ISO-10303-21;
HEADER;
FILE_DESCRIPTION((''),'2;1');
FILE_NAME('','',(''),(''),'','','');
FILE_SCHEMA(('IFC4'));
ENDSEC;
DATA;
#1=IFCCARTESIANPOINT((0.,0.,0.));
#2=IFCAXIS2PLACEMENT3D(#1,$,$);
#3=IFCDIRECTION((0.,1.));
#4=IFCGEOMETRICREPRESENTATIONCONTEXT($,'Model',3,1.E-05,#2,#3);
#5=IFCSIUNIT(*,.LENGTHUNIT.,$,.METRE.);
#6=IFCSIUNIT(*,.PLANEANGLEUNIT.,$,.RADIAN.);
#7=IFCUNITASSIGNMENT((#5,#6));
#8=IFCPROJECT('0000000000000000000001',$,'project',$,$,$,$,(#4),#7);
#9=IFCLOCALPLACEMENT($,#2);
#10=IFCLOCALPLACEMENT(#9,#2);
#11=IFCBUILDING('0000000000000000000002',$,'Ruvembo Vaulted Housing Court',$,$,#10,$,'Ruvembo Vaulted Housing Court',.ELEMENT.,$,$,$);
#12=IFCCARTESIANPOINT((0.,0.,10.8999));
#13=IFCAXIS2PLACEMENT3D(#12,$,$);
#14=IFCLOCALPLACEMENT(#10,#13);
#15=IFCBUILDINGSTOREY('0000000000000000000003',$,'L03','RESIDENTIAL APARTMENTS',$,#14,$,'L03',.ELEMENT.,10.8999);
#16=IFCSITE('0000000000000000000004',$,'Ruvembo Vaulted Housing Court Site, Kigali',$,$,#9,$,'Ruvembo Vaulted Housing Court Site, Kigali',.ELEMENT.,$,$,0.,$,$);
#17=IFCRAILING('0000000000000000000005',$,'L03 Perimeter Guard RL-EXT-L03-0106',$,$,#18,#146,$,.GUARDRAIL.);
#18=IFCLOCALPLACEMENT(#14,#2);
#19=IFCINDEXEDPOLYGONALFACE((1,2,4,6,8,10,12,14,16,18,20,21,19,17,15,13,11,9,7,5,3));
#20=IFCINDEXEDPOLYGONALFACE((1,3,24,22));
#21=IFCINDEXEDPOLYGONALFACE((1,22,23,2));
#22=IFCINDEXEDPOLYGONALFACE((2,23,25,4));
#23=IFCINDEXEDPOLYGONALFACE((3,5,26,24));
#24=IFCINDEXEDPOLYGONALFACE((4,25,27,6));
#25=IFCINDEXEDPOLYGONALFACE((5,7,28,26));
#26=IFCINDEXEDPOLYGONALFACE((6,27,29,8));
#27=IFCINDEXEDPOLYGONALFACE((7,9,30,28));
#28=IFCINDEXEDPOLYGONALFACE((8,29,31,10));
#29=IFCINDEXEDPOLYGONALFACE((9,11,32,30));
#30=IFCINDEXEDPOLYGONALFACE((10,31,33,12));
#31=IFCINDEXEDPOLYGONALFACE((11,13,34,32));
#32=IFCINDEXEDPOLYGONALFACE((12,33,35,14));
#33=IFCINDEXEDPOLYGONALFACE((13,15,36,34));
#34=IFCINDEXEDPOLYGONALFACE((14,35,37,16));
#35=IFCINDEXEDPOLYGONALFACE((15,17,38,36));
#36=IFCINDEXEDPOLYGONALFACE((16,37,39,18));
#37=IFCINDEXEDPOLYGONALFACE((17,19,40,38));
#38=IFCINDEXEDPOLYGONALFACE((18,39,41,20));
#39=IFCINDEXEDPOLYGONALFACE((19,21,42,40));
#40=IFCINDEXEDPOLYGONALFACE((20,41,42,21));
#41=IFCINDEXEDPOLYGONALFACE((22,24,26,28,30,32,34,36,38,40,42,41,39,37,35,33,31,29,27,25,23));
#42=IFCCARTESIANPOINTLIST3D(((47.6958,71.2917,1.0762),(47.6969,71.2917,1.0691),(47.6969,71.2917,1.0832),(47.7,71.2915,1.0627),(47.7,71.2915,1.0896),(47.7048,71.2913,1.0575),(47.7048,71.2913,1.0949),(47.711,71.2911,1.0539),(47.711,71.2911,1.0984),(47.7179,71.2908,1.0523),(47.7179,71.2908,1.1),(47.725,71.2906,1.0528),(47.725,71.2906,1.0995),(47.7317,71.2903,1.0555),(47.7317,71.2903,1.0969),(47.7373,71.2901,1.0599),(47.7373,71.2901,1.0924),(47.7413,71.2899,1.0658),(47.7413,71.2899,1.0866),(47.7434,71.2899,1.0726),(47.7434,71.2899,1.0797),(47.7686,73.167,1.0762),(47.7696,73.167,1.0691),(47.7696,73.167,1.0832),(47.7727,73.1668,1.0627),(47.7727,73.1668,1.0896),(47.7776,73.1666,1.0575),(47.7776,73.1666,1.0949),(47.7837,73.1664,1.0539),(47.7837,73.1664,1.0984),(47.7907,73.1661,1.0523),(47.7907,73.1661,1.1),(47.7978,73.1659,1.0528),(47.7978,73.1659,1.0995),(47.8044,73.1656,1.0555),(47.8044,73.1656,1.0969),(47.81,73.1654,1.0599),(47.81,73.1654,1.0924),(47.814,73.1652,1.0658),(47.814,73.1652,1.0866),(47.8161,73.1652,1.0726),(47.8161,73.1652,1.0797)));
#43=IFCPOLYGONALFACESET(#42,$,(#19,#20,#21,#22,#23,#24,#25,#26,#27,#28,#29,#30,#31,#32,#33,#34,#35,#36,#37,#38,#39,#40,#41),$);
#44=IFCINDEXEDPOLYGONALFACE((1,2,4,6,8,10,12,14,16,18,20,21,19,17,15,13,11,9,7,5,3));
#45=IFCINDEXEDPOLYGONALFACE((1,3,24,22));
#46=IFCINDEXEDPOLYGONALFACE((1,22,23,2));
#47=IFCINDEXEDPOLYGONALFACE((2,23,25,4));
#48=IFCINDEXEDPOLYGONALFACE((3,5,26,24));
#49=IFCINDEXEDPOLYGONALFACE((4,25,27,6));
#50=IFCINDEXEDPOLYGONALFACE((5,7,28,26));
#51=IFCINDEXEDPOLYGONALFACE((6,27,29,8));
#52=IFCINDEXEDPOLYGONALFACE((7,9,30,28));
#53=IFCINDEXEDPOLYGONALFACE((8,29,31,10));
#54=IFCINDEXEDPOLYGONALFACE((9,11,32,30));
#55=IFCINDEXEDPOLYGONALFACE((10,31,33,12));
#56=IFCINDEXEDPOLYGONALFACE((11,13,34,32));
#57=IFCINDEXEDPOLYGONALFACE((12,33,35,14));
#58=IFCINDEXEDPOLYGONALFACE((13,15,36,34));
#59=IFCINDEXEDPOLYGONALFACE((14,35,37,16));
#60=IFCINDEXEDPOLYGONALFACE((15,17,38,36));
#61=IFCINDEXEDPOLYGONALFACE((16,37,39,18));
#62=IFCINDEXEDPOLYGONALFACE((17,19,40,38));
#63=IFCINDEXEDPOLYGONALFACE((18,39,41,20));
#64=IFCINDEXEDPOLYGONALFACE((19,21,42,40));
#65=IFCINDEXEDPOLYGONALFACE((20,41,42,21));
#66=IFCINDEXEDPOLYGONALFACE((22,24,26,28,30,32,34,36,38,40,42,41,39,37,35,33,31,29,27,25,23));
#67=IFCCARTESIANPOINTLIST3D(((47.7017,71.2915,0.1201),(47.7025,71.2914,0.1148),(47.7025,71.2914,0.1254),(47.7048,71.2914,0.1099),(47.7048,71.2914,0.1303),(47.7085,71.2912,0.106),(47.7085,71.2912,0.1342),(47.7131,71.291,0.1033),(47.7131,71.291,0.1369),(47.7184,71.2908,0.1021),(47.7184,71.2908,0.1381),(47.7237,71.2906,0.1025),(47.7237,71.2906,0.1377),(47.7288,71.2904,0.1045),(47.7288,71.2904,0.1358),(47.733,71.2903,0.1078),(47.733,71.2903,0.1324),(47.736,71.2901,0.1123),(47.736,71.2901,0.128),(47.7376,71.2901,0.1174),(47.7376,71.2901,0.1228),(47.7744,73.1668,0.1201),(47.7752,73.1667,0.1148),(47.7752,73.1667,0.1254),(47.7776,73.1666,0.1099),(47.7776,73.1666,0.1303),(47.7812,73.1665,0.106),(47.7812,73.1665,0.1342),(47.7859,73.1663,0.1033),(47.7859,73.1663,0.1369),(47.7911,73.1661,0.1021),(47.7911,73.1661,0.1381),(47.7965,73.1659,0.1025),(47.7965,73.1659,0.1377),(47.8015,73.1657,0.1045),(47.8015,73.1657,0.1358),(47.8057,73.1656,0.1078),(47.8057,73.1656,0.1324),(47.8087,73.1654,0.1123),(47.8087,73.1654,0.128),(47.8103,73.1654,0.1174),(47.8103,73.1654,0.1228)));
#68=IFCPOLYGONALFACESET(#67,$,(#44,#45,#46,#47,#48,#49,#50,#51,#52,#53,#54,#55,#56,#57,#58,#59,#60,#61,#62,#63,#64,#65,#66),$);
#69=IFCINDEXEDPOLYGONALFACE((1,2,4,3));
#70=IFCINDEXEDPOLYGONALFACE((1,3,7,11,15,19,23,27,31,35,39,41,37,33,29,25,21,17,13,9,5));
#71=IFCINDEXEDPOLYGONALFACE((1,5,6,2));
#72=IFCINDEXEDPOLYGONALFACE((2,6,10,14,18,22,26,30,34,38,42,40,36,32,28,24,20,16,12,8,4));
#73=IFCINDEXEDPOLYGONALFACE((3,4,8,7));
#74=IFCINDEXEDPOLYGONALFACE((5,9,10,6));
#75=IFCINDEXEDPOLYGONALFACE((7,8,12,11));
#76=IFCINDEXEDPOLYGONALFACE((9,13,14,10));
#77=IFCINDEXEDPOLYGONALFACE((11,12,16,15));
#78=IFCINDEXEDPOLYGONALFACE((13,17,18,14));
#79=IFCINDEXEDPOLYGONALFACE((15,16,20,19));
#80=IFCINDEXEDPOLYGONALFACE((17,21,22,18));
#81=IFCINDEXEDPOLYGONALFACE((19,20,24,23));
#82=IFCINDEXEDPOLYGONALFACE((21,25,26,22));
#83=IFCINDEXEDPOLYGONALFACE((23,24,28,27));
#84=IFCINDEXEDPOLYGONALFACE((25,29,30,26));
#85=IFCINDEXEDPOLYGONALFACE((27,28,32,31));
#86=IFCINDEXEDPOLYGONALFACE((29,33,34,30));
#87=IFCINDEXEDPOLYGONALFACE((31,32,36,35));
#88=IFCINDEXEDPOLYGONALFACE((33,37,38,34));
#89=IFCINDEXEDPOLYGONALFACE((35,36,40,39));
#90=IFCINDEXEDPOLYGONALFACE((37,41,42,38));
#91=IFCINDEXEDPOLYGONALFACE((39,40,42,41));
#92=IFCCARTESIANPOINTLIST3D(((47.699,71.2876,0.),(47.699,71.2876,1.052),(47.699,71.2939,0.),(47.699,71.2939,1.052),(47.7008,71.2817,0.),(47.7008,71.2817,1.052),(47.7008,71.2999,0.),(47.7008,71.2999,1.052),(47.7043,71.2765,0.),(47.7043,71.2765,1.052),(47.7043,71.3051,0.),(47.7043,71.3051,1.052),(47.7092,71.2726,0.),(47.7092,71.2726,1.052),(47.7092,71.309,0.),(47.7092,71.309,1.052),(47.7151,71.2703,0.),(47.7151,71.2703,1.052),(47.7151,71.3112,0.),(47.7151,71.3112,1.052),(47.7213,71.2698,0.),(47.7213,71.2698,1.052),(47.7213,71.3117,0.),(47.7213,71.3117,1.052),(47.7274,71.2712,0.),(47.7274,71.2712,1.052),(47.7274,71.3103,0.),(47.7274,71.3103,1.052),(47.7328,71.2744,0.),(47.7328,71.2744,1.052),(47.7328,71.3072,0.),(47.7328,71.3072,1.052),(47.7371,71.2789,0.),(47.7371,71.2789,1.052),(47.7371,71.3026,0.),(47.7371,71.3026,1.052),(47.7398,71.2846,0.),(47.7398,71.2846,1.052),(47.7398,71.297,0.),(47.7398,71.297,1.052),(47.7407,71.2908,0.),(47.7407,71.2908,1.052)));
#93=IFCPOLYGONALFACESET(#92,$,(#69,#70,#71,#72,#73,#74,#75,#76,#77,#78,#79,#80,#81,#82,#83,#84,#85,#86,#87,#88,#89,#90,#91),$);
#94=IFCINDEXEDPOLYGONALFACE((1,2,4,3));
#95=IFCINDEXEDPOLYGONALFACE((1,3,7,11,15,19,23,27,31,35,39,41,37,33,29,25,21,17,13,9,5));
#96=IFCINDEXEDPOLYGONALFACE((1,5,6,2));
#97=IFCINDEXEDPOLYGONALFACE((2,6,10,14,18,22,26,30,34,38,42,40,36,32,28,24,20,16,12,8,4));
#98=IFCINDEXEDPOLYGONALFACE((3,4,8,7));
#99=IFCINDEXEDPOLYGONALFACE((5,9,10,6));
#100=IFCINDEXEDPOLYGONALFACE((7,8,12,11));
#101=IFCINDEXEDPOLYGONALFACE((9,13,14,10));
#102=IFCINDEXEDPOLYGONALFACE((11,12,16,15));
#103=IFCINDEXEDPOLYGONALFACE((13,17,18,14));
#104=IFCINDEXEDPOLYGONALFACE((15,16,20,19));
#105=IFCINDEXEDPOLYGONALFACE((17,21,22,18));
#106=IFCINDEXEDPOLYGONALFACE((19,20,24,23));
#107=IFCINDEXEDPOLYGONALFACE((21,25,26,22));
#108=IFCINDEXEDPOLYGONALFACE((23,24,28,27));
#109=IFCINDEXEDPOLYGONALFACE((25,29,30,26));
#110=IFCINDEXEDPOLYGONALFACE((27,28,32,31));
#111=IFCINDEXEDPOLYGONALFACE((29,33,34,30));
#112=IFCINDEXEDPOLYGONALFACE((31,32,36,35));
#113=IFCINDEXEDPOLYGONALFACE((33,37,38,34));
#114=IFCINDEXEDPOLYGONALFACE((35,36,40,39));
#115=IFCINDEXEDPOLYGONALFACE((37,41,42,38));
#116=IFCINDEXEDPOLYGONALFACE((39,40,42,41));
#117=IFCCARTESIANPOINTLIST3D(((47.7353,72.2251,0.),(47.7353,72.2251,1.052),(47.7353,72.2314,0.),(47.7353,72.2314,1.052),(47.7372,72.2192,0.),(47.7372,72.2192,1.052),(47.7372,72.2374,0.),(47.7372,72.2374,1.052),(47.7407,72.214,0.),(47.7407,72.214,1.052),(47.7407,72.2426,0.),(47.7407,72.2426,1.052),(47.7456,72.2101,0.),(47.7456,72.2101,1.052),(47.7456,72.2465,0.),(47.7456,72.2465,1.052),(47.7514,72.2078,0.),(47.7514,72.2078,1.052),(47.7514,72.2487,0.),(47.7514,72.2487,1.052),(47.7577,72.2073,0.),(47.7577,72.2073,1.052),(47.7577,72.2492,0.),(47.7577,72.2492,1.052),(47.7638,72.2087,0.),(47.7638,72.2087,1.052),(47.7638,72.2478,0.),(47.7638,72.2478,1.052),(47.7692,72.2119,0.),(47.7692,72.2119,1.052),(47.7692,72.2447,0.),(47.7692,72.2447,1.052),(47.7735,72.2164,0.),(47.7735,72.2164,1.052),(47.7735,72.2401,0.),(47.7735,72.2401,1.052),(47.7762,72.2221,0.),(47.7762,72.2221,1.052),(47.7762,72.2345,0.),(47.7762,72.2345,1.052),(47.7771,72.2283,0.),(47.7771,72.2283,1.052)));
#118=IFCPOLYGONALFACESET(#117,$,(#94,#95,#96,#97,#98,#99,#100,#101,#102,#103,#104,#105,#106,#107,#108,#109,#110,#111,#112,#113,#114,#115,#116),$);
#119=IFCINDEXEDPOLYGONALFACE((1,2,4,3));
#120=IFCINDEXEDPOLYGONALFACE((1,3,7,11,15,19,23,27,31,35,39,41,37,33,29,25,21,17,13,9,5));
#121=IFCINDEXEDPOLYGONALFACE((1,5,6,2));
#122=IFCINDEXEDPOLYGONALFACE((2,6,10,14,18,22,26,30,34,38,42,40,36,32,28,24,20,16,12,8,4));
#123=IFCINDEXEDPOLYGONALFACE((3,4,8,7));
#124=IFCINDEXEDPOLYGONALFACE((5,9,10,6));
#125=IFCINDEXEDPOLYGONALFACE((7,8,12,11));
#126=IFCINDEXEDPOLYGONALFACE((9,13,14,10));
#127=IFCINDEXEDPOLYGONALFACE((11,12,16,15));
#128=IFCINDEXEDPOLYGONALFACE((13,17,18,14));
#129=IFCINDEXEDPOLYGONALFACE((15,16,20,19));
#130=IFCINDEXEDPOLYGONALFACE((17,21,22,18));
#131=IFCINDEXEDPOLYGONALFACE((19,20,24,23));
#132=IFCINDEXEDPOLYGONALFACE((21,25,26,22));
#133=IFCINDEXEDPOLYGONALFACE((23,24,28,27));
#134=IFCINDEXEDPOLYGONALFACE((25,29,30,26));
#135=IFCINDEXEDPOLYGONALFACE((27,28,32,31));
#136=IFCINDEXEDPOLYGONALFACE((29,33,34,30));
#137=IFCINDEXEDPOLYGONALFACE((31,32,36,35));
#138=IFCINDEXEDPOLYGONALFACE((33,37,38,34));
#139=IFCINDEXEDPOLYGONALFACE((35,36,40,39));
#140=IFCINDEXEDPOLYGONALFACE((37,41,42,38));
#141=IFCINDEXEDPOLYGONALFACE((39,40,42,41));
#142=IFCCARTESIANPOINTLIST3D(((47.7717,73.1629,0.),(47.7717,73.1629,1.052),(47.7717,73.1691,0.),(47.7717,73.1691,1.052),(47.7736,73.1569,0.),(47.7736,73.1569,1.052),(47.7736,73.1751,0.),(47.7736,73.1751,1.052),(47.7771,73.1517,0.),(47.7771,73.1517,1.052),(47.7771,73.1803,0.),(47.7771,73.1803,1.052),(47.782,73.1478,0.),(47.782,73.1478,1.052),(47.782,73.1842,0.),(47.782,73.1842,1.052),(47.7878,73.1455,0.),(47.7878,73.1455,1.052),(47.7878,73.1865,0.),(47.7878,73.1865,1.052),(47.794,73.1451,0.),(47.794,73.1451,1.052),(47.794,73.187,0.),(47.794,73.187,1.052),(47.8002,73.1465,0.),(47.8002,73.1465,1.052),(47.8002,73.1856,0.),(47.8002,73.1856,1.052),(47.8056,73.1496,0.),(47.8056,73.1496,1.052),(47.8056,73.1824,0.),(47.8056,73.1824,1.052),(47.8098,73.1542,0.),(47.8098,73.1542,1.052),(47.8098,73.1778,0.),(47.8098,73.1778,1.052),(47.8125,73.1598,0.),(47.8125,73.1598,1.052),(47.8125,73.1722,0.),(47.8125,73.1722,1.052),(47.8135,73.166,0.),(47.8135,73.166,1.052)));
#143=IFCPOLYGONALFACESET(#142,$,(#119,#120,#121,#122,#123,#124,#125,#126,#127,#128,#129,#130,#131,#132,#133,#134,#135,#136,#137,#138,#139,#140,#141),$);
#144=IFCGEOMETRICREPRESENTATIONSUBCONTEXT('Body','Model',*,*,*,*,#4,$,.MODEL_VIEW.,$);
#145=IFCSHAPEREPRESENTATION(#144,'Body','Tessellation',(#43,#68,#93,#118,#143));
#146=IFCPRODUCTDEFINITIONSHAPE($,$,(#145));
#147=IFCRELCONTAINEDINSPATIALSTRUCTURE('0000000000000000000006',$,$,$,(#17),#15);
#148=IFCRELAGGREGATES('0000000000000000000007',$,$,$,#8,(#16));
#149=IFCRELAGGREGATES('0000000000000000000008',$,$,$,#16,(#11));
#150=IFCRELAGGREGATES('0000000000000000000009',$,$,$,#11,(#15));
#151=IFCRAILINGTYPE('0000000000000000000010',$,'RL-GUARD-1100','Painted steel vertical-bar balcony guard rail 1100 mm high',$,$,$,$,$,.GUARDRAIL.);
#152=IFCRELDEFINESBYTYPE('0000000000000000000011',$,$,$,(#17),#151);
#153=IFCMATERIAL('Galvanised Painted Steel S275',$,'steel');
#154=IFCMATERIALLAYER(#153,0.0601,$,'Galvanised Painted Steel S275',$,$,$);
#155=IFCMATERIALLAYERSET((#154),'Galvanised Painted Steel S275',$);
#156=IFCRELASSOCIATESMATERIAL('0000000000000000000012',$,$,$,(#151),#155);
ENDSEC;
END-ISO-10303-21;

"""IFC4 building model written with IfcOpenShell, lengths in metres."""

from ifc_helpers import new_model, si_unit, direction, frame, origin, origin_2d, place, context, subcontext, project, spatial, circle, extrude, material, layer, layer_set, type_object, element, save


model = new_model("IFC4")

# Units and contexts
model_context = context("Model", 3, precision=1e-05, world=origin(), true_north=direction((0.0, 1.0)))
body_context = subcontext(model_context, "Body", "Model", "MODEL_VIEW")
ifc_project = project(units=[si_unit("LENGTHUNIT", "METRE"), si_unit("PLANEANGLEUNIT", "RADIAN")], contexts=[model_context])

# Site, building, storey
site_placement = place(None, origin())
site = spatial("IfcSite", under=ifc_project, at=site_placement, Name="Ruvembo Vaulted Housing Court Site, Kigali", LongName="Ruvembo Vaulted Housing Court Site, Kigali", CompositionType="ELEMENT", RefElevation=0.0)
building_placement = place(site_placement, origin())
building = spatial("IfcBuilding", under=site, at=building_placement, Name="Ruvembo Vaulted Housing Court", LongName="Ruvembo Vaulted Housing Court", CompositionType="ELEMENT")
storey_placement = place(building_placement, frame((0.0, 0.0, 10.8999)))
storey = spatial("IfcBuildingStorey", under=building, at=storey_placement, Name="L03", Description="RESIDENTIAL APARTMENTS", LongName="L03", CompositionType="ELEMENT", Elevation=10.8999)

# Railing
ifc_material_1 = material(Name="Galvanised Painted Steel S275", Category="steel")
ifc_layer = layer(ifc_material_1, 0.0601, Name="Galvanised Painted Steel S275")
ifc_layer_set = layer_set([ifc_layer], Name="Galvanised Painted Steel S275")
railing_type = type_object("IfcRailingType", Name="RL-GUARD-1100", Description="Painted steel vertical-bar balcony guard rail 1100 mm high", PredefinedType="GUARDRAIL", material=ifc_layer_set)
railing_1_placement = place(storey_placement, frame((47.7197, 71.2908, 0.0)))
element("IfcRailing", 1, at=railing_1_placement, inside=storey, type_object=railing_type, Name="L03 Perimeter Guard RL-EXT-L03-0106", PredefinedType="GUARDRAIL", context=body_context, shape_type="SweptSolid", body=[
    extrude(circle(Radius=0.0239, at=origin_2d()), frame((0.0, 0.0, 1.0762), z_axis=(0.038768, 0.999248, 0.0), x_axis=(-0.999248, 0.038768, 0.0)), (0.0, 0.0, 1.0), 1.8767),
    extrude(circle(Radius=0.0181, at=origin_2d()), frame((0.0, 0.0, 0.1201), z_axis=(0.038768, 0.999248, 0.0), x_axis=(-0.999248, 0.038768, 0.0)), (0.0, 0.0, 1.0), 1.8767),
    extrude(circle(Radius=0.021, at=origin_2d()), origin(), (0.0, 0.0, 1.0), 1.052),
    extrude(circle(Radius=0.021, at=origin_2d()), frame((0.0364, 0.9375, 0.0)), (0.0, 0.0, 1.0), 1.052),
    extrude(circle(Radius=0.021, at=origin_2d()), frame((0.0728, 1.8752, 0.0)), (0.0, 0.0, 1.0), 1.052),
])

save(model, "model.ifc")
